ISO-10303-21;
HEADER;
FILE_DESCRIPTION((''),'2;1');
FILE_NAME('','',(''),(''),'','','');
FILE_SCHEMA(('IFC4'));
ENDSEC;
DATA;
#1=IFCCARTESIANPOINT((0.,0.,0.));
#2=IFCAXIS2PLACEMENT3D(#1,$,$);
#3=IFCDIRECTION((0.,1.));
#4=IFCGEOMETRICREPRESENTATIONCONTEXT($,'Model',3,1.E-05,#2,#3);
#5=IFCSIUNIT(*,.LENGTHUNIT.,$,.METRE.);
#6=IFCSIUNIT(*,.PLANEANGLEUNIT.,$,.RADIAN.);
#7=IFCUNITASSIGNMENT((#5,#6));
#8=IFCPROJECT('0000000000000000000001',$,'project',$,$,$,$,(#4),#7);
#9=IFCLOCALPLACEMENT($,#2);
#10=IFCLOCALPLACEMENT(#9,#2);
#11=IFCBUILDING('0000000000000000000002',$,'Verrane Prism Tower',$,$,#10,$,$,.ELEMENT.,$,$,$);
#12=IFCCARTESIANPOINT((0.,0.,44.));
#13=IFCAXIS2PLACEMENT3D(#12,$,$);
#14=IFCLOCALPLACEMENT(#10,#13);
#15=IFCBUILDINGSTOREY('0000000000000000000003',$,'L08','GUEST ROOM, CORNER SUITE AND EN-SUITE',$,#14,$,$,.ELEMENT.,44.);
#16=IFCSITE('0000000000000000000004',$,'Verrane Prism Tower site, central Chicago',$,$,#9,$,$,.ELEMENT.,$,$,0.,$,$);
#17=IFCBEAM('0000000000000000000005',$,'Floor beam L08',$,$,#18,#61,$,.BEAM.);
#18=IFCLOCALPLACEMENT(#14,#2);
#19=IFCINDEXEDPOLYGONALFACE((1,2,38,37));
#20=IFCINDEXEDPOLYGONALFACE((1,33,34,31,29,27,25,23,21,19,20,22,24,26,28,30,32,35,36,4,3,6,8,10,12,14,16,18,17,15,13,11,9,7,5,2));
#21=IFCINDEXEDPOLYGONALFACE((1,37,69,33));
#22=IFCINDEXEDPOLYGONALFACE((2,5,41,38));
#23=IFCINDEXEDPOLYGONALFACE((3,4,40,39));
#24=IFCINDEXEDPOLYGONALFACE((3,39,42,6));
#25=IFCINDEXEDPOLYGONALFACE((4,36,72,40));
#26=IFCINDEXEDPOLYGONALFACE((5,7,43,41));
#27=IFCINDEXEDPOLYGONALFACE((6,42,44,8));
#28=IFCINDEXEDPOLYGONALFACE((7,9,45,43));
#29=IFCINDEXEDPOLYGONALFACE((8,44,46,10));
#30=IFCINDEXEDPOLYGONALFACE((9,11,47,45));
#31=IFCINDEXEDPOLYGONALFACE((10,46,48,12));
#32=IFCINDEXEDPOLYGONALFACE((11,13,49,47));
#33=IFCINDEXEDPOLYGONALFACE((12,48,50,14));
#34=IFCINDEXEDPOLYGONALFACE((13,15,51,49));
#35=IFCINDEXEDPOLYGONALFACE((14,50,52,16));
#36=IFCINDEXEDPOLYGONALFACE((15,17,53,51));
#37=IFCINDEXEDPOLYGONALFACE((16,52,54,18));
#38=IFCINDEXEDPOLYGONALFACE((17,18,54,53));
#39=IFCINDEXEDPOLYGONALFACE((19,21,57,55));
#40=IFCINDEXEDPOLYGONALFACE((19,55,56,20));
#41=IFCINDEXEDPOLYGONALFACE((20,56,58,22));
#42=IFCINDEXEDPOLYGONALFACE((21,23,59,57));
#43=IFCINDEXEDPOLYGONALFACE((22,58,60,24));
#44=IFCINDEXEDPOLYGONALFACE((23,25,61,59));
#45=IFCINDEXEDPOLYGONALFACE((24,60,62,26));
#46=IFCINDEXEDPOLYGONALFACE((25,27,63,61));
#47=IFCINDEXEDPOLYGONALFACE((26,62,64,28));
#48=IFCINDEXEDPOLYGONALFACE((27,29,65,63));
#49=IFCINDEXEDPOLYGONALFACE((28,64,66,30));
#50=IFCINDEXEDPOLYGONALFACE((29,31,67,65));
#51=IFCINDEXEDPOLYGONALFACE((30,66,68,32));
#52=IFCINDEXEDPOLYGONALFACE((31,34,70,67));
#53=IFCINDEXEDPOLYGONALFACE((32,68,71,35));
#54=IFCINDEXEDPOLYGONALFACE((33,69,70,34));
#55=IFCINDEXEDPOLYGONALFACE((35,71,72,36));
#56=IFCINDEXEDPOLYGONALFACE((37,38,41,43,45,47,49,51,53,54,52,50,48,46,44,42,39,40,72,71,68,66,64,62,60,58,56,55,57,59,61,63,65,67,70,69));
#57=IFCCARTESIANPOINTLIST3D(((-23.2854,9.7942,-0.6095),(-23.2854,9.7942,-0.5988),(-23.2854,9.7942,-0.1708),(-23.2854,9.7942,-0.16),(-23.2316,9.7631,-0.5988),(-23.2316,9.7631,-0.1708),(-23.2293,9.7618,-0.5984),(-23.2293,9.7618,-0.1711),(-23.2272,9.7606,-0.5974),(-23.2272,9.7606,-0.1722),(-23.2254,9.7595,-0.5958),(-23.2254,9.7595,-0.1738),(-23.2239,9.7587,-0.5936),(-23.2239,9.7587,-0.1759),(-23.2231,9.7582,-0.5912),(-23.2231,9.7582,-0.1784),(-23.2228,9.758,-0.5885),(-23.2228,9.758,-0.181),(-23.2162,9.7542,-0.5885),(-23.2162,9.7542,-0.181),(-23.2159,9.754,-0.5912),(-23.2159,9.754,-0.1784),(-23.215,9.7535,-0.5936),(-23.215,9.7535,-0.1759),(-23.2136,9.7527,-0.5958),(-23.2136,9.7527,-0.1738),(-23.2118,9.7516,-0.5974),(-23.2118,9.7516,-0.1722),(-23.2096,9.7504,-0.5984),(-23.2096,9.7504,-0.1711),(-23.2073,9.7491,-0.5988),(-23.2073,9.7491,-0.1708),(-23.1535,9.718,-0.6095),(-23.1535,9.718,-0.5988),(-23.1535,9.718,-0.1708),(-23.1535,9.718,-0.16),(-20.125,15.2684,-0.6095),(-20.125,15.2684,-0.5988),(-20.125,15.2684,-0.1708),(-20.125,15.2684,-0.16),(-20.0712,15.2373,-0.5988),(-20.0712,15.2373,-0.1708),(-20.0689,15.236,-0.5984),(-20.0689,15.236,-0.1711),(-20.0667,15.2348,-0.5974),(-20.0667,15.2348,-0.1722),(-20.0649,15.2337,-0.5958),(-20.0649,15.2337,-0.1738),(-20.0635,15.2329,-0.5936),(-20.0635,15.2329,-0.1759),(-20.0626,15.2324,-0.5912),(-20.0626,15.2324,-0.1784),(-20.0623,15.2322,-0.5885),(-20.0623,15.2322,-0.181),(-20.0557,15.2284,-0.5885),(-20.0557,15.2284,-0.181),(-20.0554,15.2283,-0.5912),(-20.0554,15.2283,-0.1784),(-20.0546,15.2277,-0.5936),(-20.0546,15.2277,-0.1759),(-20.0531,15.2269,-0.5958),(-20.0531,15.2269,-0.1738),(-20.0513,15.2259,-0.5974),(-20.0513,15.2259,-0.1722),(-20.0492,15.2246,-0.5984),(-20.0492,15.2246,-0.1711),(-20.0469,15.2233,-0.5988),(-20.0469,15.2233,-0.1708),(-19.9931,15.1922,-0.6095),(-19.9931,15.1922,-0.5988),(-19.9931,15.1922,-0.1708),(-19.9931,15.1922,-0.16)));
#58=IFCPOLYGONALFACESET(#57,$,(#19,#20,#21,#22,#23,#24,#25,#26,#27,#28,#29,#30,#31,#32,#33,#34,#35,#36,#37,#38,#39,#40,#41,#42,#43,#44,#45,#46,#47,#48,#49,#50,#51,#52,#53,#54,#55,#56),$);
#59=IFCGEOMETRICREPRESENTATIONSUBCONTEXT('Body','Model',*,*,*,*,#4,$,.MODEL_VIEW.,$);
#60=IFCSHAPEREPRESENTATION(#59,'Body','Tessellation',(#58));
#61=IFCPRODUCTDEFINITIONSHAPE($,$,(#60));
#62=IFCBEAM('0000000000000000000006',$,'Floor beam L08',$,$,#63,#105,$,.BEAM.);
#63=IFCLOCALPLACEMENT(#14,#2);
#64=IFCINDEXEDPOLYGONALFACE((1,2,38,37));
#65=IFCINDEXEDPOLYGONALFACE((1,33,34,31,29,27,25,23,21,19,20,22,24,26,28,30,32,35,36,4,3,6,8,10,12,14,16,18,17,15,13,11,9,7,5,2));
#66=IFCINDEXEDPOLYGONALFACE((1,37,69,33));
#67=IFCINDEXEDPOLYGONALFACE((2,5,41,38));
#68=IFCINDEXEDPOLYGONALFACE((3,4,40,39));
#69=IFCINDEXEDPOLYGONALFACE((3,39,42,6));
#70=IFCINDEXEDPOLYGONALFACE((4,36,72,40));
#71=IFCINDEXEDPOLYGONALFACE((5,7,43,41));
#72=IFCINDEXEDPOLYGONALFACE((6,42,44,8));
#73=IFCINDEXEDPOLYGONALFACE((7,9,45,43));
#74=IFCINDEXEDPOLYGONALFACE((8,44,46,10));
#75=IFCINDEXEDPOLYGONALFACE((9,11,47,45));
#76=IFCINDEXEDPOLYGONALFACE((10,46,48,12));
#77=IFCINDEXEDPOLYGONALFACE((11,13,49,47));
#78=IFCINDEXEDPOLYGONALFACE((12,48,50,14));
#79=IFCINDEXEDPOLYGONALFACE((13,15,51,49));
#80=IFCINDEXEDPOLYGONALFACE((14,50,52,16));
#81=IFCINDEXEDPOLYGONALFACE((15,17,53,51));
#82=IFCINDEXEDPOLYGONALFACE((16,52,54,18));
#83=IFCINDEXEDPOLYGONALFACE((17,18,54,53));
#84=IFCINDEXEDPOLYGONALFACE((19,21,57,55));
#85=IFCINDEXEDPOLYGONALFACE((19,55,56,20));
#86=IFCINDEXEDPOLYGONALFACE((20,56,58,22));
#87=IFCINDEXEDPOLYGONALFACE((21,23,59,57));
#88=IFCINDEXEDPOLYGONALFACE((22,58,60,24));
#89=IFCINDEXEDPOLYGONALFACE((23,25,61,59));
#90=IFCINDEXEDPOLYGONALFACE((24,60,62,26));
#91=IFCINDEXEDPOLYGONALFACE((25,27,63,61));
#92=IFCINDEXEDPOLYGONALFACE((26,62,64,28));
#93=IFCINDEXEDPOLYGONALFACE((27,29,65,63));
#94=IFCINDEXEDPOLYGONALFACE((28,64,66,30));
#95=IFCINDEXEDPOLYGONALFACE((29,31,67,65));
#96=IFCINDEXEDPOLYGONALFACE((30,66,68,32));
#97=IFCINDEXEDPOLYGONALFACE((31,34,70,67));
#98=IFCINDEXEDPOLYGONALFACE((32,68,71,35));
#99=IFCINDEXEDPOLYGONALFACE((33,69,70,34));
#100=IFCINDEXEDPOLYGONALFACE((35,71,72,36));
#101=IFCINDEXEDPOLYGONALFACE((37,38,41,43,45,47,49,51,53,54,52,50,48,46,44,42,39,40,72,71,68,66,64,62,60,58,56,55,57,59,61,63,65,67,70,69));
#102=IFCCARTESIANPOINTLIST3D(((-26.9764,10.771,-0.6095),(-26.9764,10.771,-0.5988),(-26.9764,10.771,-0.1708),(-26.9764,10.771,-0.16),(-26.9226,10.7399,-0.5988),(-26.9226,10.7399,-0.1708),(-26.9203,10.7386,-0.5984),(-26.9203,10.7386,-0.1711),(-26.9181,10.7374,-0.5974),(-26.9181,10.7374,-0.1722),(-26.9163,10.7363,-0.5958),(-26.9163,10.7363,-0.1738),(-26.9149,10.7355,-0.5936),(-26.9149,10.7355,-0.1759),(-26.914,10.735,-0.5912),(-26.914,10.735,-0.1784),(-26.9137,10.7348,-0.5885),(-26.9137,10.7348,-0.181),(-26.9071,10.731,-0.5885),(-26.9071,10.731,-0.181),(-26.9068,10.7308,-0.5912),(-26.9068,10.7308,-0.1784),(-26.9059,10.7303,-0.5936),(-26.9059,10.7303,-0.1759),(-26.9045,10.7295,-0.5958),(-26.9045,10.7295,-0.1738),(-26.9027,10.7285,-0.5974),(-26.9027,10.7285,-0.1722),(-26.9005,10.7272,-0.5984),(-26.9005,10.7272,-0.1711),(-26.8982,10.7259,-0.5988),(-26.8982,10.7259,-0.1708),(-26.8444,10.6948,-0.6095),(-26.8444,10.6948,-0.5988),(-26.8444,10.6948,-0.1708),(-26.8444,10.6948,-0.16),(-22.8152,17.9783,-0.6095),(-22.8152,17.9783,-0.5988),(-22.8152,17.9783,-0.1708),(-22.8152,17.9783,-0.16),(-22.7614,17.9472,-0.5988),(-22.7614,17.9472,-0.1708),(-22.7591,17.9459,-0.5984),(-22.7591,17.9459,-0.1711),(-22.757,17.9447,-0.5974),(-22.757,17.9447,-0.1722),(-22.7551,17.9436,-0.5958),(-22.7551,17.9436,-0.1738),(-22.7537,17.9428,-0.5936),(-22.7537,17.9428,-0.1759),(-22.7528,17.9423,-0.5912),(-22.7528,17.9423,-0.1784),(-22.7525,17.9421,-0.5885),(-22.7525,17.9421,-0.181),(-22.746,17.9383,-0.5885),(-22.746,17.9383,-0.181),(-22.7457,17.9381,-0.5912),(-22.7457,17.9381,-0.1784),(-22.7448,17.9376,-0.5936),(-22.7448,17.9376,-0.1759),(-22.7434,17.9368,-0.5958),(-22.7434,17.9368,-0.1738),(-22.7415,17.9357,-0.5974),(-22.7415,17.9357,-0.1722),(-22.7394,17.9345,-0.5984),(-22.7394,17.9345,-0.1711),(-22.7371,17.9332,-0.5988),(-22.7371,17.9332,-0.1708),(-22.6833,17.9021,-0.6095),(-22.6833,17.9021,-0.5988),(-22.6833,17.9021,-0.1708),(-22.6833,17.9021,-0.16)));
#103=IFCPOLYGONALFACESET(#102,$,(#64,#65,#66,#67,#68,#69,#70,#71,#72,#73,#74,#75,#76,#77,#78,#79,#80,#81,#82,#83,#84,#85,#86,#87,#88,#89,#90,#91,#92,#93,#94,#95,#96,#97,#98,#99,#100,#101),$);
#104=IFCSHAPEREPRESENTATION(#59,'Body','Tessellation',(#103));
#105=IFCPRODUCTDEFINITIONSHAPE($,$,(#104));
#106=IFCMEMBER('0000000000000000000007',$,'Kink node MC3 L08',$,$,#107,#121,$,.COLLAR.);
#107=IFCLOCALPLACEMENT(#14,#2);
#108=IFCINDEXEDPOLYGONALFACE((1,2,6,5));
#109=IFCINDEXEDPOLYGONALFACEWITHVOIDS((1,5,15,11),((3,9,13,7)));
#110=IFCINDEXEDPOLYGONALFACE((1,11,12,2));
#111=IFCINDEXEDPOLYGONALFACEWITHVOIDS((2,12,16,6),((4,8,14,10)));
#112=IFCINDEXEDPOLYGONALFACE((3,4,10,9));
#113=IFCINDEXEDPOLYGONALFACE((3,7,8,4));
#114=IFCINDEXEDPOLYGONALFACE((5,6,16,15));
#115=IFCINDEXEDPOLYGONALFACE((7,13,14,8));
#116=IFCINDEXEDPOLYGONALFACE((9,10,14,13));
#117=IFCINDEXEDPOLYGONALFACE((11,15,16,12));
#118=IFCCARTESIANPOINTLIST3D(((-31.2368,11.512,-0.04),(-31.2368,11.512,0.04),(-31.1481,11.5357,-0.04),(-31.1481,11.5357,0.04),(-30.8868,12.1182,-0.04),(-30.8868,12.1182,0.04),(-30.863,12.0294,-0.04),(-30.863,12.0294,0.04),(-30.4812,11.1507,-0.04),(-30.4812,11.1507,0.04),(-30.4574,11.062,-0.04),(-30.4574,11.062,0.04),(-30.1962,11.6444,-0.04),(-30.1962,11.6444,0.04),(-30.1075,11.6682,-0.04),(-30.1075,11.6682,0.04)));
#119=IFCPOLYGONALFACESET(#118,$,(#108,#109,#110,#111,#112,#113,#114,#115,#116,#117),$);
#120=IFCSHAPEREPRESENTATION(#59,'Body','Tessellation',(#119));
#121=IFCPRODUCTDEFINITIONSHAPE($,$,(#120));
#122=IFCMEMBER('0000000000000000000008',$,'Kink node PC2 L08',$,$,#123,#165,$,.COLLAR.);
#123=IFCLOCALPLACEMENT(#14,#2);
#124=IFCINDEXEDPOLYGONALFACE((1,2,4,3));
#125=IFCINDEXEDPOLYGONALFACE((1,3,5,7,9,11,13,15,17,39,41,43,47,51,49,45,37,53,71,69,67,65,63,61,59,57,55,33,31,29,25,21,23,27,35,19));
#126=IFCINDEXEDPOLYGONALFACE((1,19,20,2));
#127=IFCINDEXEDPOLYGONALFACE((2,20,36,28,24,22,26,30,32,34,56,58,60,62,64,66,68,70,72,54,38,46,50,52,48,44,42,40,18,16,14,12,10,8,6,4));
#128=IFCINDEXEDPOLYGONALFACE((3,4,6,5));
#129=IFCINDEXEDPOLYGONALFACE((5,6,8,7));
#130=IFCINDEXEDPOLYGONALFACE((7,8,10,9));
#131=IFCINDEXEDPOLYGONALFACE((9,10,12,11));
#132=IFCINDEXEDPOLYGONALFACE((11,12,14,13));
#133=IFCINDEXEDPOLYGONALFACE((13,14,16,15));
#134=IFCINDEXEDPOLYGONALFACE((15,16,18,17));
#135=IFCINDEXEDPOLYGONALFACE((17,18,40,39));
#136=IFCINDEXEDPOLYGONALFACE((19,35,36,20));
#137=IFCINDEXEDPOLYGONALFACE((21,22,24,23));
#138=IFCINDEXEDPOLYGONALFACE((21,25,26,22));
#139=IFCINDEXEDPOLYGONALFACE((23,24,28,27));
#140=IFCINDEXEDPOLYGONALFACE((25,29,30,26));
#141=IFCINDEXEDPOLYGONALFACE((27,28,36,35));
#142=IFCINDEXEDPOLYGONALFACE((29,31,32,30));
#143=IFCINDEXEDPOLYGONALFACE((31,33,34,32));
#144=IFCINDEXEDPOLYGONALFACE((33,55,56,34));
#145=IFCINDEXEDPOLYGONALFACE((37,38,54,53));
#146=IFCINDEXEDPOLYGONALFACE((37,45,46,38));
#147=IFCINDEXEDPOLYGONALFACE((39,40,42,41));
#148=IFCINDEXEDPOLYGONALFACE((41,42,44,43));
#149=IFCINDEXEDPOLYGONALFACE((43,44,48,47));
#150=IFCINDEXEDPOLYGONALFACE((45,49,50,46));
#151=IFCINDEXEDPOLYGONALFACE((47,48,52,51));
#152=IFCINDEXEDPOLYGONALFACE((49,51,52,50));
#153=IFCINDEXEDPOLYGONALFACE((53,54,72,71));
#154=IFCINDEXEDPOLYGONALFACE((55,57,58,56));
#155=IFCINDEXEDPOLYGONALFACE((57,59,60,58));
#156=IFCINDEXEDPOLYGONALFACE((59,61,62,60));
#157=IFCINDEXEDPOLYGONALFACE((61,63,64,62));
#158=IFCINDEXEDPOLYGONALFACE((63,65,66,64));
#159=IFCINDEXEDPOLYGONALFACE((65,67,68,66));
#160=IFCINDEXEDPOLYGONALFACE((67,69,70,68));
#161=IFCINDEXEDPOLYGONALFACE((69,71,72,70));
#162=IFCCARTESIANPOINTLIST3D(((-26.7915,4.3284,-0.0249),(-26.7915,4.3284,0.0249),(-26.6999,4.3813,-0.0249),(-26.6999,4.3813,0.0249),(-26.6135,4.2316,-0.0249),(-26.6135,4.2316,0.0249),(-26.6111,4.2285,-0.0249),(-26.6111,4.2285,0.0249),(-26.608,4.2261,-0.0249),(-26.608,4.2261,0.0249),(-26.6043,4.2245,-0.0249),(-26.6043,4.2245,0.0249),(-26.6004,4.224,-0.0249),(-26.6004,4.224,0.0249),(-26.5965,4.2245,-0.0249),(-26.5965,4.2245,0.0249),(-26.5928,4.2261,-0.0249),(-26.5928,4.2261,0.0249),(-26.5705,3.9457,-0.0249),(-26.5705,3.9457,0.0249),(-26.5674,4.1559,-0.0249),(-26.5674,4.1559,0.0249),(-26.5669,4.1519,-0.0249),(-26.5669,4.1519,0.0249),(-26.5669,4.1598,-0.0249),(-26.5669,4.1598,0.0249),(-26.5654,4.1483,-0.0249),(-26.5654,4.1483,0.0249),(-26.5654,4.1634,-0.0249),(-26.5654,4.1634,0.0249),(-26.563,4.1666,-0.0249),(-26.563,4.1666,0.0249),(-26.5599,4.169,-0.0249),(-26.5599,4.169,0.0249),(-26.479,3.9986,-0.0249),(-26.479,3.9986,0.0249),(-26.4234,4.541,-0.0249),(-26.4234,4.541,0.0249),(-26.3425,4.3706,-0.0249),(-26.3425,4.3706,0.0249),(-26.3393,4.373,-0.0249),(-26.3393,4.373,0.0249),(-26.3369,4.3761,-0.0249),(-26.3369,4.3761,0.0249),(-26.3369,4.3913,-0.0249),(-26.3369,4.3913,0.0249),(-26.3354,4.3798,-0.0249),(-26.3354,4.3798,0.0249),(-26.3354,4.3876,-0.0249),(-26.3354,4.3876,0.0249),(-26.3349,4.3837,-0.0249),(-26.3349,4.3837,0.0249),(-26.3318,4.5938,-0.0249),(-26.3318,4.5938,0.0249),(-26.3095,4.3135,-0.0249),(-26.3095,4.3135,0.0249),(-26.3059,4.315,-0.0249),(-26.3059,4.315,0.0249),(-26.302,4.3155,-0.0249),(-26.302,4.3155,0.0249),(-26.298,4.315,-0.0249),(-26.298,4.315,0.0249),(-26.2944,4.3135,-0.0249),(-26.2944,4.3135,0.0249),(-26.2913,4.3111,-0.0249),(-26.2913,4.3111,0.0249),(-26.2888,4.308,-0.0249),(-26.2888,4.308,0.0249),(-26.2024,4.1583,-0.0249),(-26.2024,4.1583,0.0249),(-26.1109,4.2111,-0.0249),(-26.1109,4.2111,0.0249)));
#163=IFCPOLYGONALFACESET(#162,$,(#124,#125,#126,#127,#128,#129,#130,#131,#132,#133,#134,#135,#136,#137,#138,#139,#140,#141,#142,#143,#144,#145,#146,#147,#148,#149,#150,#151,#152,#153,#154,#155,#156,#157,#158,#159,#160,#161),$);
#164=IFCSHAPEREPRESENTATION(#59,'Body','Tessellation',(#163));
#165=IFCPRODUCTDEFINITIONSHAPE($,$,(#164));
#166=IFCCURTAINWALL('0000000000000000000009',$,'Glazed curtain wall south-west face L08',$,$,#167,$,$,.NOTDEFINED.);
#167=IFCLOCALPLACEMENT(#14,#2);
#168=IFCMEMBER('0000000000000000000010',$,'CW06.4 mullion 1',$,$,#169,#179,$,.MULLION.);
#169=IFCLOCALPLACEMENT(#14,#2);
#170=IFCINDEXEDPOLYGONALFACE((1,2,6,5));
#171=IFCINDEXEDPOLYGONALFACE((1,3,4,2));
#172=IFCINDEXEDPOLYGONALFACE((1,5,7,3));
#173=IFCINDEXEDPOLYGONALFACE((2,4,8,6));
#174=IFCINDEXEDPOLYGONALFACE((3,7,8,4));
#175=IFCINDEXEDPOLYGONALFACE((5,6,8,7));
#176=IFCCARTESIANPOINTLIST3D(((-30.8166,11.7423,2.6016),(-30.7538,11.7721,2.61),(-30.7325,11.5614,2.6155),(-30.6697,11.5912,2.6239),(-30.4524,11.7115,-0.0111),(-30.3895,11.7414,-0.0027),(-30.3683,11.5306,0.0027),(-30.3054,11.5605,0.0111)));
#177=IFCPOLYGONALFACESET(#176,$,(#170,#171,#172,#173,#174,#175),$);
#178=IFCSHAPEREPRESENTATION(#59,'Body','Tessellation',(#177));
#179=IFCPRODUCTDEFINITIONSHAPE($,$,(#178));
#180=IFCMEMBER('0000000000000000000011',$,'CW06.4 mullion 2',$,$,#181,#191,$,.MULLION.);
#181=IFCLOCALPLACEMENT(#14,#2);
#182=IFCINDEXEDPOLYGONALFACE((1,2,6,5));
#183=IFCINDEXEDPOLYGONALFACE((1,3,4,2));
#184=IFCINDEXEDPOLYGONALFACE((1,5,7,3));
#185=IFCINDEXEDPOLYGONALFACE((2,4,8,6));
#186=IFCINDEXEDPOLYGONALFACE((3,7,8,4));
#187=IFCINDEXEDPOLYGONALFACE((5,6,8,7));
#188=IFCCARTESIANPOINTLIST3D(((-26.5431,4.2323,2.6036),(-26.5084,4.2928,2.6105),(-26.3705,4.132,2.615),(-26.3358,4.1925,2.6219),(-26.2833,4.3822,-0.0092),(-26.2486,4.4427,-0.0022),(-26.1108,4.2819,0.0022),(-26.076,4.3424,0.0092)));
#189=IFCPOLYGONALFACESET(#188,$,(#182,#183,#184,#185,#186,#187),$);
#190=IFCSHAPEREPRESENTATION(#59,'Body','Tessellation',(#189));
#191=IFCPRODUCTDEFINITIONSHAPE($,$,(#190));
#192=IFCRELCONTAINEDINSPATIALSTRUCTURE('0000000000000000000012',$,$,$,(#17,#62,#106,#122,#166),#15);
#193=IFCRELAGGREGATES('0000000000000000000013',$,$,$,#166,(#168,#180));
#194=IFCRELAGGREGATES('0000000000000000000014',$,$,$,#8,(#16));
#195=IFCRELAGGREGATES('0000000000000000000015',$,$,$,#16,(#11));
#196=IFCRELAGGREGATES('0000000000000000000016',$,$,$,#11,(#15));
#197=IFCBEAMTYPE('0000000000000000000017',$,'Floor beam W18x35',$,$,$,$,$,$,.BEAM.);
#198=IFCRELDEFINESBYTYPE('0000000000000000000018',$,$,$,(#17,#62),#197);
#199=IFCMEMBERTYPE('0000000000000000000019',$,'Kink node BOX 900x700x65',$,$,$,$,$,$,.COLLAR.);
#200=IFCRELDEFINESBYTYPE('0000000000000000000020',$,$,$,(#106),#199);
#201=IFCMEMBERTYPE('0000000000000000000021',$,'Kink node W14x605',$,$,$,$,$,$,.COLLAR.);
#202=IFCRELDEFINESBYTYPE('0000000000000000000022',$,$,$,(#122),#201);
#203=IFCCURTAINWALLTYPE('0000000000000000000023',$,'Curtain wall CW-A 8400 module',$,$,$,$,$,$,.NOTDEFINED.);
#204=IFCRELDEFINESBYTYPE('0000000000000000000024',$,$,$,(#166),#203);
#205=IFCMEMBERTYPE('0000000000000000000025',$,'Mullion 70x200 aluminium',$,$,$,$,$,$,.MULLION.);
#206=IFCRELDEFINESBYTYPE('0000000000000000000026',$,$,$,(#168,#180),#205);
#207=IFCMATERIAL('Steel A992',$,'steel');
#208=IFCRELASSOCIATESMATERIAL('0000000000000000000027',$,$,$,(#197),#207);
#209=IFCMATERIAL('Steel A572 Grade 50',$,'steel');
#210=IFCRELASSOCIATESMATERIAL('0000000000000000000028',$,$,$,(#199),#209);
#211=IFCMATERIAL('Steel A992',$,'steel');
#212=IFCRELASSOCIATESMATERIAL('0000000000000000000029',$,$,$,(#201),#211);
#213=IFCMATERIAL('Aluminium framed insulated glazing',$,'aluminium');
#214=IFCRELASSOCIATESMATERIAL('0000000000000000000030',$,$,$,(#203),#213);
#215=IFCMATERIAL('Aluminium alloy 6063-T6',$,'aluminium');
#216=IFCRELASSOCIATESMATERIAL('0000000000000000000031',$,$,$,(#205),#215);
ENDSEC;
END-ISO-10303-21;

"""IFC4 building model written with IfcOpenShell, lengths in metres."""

from ifc_helpers import new_model, si_unit, direction, frame, origin, origin_2d, place, context, subcontext, project, spatial, rectangle, hollow_rectangle, i_section, extrude, material, material_profile, profile_set, type_object, element, aggregate, save


model = new_model("IFC4")

# Units and contexts
model_context = context("Model", 3, precision=1e-05, world=origin(), true_north=direction((0.0, 1.0)))
body_context = subcontext(model_context, "Body", "Model", "MODEL_VIEW")
ifc_project = project(units=[si_unit("LENGTHUNIT", "METRE"), si_unit("PLANEANGLEUNIT", "RADIAN")], contexts=[model_context])

# Site, building, storey
site_placement = place(None, origin())
site = spatial("IfcSite", under=ifc_project, at=site_placement, Name="Verrane Prism Tower site, central Chicago", CompositionType="ELEMENT", RefElevation=0.0)
building_placement = place(site_placement, origin())
building = spatial("IfcBuilding", under=site, at=building_placement, Name="Verrane Prism Tower", CompositionType="ELEMENT")
storey_placement = place(building_placement, frame((0.0, 0.0, 44.0)))
storey = spatial("IfcBuildingStorey", under=building, at=storey_placement, Name="L08", Description="GUEST ROOM, CORNER SUITE AND EN-SUITE", CompositionType="ELEMENT", Elevation=44.0)

# Beams
ifc_material_1 = material(Name="Steel A992", Category="steel")
ifc_material_profile_1 = material_profile(ifc_material_1, i_section(OverallWidth=0.1523, OverallDepth=0.4495, WebThickness=0.0076, FlangeThickness=0.0107, FilletRadius=0.0103, at=origin_2d()), Name="W18x35")
ifc_profile_set_1 = profile_set([ifc_material_profile_1], Name="Steel A992")
beam_type_1 = type_object("IfcBeamType", Name="Floor beam W18x35", PredefinedType="BEAM", material=ifc_profile_set_1)
beam_1_placement = place(storey_placement, frame((-23.2195, 9.7561, -0.3848), z_axis=(0.49999, 0.866031, 0.0), x_axis=(-0.866031, 0.49999, 0.0)))
element("IfcBeam", 1, at=beam_1_placement, inside=storey, type_object=beam_type_1, Name="Floor beam L08", PredefinedType="BEAM", context=body_context, shape_type="SweptSolid", body=[
    extrude(i_section(OverallWidth=0.1523, OverallDepth=0.4495, WebThickness=0.0076, FlangeThickness=0.0107, FilletRadius=0.0103, at=origin_2d()), origin(), (0.0, 0.0, 1.0), 6.321),
])
beam_2_placement = place(storey_placement, frame((-26.9104, 10.7329, -0.3848), z_axis=(0.500001, 0.866025, 0.0), x_axis=(-0.866025, 0.500001, 0.0)))
element("IfcBeam", 2, at=beam_2_placement, inside=storey, type_object=beam_type_1, Name="Floor beam L08", PredefinedType="BEAM", context=body_context, shape_type="SweptSolid", body=[
    extrude(i_section(OverallWidth=0.1523, OverallDepth=0.4495, WebThickness=0.0076, FlangeThickness=0.0107, FilletRadius=0.0103, at=origin_2d()), origin(), (0.0, 0.0, 1.0), 8.3223),
])

# Members
ifc_material_2 = material(Name="Steel A572 Grade 50", Category="steel")
ifc_material_profile_2 = material_profile(ifc_material_2, hollow_rectangle(XDim=0.7, YDim=0.8999, WallThickness=0.0649, at=origin_2d()), Name="BOX 900x700x65")
ifc_profile_set_2 = profile_set([ifc_material_profile_2], Name="Steel A572 Grade 50")
member_type_1 = type_object("IfcMemberType", Name="Kink node BOX 900x700x65", PredefinedType="COLLAR", material=ifc_profile_set_2)
member_1_placement = place(storey_placement, frame((-30.6721, 11.5901, -0.04), z_axis=(0.0, 0.0, 1.0), x_axis=(0.5, 0.866025, 0.0)))
element("IfcMember", 3, at=member_1_placement, inside=storey, type_object=member_type_1, Name="Kink node MC3 L08", PredefinedType="COLLAR", context=body_context, shape_type="SweptSolid", body=[
    extrude(hollow_rectangle(XDim=0.7, YDim=0.8999, WallThickness=0.0649, at=origin_2d()), origin(), (0.0, 0.0, 1.0), 0.0801),
])
ifc_material_3 = material(Name="Steel A992", Category="steel")
ifc_material_profile_3 = material_profile(ifc_material_3, i_section(OverallWidth=0.4419, OverallDepth=0.5308, WebThickness=0.0659, FlangeThickness=0.1057, FilletRadius=0.0151, at=origin_2d()), Name="W14x605")
ifc_profile_set_3 = profile_set([ifc_material_profile_3], Name="Steel A992")
member_type_2 = type_object("IfcMemberType", Name="Kink node W14x605", PredefinedType="COLLAR", material=ifc_profile_set_3)
member_2_placement = place(storey_placement, frame((-26.4512, 4.2698, -0.0249), z_axis=(0.0, 0.0, 1.0), x_axis=(-0.5, 0.866025, 0.0)))
element("IfcMember", 4, at=member_2_placement, inside=storey, type_object=member_type_2, Name="Kink node PC2 L08", PredefinedType="COLLAR", context=body_context, shape_type="SweptSolid", body=[
    extrude(i_section(OverallWidth=0.4419, OverallDepth=0.5308, WebThickness=0.0659, FlangeThickness=0.1057, FilletRadius=0.0151, at=origin_2d()), origin(), (0.0, 0.0, 1.0), 0.0498),
])

# Curtain wall, members
ifc_material_4 = material(Name="Aluminium framed insulated glazing", Category="aluminium")
curtain_wall_type = type_object("IfcCurtainWallType", Name="Curtain wall CW-A 8400 module", PredefinedType="NOTDEFINED", material=ifc_material_4)
curtain_wall_placement = place(storey_placement, origin())
curtain_wall = element("IfcCurtainWall", 5, at=curtain_wall_placement, inside=storey, type_object=curtain_wall_type, Name="Glazed curtain wall south-west face L08", PredefinedType="NOTDEFINED")
ifc_material_5 = material(Name="Aluminium alloy 6063-T6", Category="aluminium")
ifc_material_profile_4 = material_profile(ifc_material_5, rectangle(XDim=0.2, YDim=0.0701, at=origin_2d()), Name="Mullion 70x200 aluminium")
ifc_profile_set_4 = profile_set([ifc_material_profile_4], Name="Aluminium alloy 6063-T6")
member_type_3 = type_object("IfcMemberType", Name="Mullion 70x200 aluminium", PredefinedType="MULLION", material=ifc_profile_set_4)
member_3_placement = place(storey_placement, frame((-30.3789, 11.636, 0.0), z_axis=(-0.138068, 0.01166, 0.990354), x_axis=(0.420544, -0.904623, 0.06928)))
member_3 = element("IfcMember", 6, at=member_3_placement, type_object=member_type_3, Name="CW06.4 mullion 1", PredefinedType="MULLION", context=body_context, shape_type="SweptSolid", body=[
    extrude(rectangle(XDim=0.2, YDim=0.0701, at=origin_2d()), origin(), (0.0, 0.0, 1.0), 2.6382),
])
member_4_placement = place(storey_placement, frame((-26.1797, 4.3623, 0.0), z_axis=(-0.098772, -0.056998, 0.993476), x_axis=(0.863095, -0.501813, 0.057019)))
member_4 = element("IfcMember", 7, at=member_4_placement, type_object=member_type_3, Name="CW06.4 mullion 2", PredefinedType="MULLION", context=body_context, shape_type="SweptSolid", body=[
    extrude(rectangle(XDim=0.2, YDim=0.0701, at=origin_2d()), origin(), (0.0, 0.0, 1.0), 2.6299),
])

aggregate(curtain_wall, [member_3, member_4])

save(model, "model.ifc")
